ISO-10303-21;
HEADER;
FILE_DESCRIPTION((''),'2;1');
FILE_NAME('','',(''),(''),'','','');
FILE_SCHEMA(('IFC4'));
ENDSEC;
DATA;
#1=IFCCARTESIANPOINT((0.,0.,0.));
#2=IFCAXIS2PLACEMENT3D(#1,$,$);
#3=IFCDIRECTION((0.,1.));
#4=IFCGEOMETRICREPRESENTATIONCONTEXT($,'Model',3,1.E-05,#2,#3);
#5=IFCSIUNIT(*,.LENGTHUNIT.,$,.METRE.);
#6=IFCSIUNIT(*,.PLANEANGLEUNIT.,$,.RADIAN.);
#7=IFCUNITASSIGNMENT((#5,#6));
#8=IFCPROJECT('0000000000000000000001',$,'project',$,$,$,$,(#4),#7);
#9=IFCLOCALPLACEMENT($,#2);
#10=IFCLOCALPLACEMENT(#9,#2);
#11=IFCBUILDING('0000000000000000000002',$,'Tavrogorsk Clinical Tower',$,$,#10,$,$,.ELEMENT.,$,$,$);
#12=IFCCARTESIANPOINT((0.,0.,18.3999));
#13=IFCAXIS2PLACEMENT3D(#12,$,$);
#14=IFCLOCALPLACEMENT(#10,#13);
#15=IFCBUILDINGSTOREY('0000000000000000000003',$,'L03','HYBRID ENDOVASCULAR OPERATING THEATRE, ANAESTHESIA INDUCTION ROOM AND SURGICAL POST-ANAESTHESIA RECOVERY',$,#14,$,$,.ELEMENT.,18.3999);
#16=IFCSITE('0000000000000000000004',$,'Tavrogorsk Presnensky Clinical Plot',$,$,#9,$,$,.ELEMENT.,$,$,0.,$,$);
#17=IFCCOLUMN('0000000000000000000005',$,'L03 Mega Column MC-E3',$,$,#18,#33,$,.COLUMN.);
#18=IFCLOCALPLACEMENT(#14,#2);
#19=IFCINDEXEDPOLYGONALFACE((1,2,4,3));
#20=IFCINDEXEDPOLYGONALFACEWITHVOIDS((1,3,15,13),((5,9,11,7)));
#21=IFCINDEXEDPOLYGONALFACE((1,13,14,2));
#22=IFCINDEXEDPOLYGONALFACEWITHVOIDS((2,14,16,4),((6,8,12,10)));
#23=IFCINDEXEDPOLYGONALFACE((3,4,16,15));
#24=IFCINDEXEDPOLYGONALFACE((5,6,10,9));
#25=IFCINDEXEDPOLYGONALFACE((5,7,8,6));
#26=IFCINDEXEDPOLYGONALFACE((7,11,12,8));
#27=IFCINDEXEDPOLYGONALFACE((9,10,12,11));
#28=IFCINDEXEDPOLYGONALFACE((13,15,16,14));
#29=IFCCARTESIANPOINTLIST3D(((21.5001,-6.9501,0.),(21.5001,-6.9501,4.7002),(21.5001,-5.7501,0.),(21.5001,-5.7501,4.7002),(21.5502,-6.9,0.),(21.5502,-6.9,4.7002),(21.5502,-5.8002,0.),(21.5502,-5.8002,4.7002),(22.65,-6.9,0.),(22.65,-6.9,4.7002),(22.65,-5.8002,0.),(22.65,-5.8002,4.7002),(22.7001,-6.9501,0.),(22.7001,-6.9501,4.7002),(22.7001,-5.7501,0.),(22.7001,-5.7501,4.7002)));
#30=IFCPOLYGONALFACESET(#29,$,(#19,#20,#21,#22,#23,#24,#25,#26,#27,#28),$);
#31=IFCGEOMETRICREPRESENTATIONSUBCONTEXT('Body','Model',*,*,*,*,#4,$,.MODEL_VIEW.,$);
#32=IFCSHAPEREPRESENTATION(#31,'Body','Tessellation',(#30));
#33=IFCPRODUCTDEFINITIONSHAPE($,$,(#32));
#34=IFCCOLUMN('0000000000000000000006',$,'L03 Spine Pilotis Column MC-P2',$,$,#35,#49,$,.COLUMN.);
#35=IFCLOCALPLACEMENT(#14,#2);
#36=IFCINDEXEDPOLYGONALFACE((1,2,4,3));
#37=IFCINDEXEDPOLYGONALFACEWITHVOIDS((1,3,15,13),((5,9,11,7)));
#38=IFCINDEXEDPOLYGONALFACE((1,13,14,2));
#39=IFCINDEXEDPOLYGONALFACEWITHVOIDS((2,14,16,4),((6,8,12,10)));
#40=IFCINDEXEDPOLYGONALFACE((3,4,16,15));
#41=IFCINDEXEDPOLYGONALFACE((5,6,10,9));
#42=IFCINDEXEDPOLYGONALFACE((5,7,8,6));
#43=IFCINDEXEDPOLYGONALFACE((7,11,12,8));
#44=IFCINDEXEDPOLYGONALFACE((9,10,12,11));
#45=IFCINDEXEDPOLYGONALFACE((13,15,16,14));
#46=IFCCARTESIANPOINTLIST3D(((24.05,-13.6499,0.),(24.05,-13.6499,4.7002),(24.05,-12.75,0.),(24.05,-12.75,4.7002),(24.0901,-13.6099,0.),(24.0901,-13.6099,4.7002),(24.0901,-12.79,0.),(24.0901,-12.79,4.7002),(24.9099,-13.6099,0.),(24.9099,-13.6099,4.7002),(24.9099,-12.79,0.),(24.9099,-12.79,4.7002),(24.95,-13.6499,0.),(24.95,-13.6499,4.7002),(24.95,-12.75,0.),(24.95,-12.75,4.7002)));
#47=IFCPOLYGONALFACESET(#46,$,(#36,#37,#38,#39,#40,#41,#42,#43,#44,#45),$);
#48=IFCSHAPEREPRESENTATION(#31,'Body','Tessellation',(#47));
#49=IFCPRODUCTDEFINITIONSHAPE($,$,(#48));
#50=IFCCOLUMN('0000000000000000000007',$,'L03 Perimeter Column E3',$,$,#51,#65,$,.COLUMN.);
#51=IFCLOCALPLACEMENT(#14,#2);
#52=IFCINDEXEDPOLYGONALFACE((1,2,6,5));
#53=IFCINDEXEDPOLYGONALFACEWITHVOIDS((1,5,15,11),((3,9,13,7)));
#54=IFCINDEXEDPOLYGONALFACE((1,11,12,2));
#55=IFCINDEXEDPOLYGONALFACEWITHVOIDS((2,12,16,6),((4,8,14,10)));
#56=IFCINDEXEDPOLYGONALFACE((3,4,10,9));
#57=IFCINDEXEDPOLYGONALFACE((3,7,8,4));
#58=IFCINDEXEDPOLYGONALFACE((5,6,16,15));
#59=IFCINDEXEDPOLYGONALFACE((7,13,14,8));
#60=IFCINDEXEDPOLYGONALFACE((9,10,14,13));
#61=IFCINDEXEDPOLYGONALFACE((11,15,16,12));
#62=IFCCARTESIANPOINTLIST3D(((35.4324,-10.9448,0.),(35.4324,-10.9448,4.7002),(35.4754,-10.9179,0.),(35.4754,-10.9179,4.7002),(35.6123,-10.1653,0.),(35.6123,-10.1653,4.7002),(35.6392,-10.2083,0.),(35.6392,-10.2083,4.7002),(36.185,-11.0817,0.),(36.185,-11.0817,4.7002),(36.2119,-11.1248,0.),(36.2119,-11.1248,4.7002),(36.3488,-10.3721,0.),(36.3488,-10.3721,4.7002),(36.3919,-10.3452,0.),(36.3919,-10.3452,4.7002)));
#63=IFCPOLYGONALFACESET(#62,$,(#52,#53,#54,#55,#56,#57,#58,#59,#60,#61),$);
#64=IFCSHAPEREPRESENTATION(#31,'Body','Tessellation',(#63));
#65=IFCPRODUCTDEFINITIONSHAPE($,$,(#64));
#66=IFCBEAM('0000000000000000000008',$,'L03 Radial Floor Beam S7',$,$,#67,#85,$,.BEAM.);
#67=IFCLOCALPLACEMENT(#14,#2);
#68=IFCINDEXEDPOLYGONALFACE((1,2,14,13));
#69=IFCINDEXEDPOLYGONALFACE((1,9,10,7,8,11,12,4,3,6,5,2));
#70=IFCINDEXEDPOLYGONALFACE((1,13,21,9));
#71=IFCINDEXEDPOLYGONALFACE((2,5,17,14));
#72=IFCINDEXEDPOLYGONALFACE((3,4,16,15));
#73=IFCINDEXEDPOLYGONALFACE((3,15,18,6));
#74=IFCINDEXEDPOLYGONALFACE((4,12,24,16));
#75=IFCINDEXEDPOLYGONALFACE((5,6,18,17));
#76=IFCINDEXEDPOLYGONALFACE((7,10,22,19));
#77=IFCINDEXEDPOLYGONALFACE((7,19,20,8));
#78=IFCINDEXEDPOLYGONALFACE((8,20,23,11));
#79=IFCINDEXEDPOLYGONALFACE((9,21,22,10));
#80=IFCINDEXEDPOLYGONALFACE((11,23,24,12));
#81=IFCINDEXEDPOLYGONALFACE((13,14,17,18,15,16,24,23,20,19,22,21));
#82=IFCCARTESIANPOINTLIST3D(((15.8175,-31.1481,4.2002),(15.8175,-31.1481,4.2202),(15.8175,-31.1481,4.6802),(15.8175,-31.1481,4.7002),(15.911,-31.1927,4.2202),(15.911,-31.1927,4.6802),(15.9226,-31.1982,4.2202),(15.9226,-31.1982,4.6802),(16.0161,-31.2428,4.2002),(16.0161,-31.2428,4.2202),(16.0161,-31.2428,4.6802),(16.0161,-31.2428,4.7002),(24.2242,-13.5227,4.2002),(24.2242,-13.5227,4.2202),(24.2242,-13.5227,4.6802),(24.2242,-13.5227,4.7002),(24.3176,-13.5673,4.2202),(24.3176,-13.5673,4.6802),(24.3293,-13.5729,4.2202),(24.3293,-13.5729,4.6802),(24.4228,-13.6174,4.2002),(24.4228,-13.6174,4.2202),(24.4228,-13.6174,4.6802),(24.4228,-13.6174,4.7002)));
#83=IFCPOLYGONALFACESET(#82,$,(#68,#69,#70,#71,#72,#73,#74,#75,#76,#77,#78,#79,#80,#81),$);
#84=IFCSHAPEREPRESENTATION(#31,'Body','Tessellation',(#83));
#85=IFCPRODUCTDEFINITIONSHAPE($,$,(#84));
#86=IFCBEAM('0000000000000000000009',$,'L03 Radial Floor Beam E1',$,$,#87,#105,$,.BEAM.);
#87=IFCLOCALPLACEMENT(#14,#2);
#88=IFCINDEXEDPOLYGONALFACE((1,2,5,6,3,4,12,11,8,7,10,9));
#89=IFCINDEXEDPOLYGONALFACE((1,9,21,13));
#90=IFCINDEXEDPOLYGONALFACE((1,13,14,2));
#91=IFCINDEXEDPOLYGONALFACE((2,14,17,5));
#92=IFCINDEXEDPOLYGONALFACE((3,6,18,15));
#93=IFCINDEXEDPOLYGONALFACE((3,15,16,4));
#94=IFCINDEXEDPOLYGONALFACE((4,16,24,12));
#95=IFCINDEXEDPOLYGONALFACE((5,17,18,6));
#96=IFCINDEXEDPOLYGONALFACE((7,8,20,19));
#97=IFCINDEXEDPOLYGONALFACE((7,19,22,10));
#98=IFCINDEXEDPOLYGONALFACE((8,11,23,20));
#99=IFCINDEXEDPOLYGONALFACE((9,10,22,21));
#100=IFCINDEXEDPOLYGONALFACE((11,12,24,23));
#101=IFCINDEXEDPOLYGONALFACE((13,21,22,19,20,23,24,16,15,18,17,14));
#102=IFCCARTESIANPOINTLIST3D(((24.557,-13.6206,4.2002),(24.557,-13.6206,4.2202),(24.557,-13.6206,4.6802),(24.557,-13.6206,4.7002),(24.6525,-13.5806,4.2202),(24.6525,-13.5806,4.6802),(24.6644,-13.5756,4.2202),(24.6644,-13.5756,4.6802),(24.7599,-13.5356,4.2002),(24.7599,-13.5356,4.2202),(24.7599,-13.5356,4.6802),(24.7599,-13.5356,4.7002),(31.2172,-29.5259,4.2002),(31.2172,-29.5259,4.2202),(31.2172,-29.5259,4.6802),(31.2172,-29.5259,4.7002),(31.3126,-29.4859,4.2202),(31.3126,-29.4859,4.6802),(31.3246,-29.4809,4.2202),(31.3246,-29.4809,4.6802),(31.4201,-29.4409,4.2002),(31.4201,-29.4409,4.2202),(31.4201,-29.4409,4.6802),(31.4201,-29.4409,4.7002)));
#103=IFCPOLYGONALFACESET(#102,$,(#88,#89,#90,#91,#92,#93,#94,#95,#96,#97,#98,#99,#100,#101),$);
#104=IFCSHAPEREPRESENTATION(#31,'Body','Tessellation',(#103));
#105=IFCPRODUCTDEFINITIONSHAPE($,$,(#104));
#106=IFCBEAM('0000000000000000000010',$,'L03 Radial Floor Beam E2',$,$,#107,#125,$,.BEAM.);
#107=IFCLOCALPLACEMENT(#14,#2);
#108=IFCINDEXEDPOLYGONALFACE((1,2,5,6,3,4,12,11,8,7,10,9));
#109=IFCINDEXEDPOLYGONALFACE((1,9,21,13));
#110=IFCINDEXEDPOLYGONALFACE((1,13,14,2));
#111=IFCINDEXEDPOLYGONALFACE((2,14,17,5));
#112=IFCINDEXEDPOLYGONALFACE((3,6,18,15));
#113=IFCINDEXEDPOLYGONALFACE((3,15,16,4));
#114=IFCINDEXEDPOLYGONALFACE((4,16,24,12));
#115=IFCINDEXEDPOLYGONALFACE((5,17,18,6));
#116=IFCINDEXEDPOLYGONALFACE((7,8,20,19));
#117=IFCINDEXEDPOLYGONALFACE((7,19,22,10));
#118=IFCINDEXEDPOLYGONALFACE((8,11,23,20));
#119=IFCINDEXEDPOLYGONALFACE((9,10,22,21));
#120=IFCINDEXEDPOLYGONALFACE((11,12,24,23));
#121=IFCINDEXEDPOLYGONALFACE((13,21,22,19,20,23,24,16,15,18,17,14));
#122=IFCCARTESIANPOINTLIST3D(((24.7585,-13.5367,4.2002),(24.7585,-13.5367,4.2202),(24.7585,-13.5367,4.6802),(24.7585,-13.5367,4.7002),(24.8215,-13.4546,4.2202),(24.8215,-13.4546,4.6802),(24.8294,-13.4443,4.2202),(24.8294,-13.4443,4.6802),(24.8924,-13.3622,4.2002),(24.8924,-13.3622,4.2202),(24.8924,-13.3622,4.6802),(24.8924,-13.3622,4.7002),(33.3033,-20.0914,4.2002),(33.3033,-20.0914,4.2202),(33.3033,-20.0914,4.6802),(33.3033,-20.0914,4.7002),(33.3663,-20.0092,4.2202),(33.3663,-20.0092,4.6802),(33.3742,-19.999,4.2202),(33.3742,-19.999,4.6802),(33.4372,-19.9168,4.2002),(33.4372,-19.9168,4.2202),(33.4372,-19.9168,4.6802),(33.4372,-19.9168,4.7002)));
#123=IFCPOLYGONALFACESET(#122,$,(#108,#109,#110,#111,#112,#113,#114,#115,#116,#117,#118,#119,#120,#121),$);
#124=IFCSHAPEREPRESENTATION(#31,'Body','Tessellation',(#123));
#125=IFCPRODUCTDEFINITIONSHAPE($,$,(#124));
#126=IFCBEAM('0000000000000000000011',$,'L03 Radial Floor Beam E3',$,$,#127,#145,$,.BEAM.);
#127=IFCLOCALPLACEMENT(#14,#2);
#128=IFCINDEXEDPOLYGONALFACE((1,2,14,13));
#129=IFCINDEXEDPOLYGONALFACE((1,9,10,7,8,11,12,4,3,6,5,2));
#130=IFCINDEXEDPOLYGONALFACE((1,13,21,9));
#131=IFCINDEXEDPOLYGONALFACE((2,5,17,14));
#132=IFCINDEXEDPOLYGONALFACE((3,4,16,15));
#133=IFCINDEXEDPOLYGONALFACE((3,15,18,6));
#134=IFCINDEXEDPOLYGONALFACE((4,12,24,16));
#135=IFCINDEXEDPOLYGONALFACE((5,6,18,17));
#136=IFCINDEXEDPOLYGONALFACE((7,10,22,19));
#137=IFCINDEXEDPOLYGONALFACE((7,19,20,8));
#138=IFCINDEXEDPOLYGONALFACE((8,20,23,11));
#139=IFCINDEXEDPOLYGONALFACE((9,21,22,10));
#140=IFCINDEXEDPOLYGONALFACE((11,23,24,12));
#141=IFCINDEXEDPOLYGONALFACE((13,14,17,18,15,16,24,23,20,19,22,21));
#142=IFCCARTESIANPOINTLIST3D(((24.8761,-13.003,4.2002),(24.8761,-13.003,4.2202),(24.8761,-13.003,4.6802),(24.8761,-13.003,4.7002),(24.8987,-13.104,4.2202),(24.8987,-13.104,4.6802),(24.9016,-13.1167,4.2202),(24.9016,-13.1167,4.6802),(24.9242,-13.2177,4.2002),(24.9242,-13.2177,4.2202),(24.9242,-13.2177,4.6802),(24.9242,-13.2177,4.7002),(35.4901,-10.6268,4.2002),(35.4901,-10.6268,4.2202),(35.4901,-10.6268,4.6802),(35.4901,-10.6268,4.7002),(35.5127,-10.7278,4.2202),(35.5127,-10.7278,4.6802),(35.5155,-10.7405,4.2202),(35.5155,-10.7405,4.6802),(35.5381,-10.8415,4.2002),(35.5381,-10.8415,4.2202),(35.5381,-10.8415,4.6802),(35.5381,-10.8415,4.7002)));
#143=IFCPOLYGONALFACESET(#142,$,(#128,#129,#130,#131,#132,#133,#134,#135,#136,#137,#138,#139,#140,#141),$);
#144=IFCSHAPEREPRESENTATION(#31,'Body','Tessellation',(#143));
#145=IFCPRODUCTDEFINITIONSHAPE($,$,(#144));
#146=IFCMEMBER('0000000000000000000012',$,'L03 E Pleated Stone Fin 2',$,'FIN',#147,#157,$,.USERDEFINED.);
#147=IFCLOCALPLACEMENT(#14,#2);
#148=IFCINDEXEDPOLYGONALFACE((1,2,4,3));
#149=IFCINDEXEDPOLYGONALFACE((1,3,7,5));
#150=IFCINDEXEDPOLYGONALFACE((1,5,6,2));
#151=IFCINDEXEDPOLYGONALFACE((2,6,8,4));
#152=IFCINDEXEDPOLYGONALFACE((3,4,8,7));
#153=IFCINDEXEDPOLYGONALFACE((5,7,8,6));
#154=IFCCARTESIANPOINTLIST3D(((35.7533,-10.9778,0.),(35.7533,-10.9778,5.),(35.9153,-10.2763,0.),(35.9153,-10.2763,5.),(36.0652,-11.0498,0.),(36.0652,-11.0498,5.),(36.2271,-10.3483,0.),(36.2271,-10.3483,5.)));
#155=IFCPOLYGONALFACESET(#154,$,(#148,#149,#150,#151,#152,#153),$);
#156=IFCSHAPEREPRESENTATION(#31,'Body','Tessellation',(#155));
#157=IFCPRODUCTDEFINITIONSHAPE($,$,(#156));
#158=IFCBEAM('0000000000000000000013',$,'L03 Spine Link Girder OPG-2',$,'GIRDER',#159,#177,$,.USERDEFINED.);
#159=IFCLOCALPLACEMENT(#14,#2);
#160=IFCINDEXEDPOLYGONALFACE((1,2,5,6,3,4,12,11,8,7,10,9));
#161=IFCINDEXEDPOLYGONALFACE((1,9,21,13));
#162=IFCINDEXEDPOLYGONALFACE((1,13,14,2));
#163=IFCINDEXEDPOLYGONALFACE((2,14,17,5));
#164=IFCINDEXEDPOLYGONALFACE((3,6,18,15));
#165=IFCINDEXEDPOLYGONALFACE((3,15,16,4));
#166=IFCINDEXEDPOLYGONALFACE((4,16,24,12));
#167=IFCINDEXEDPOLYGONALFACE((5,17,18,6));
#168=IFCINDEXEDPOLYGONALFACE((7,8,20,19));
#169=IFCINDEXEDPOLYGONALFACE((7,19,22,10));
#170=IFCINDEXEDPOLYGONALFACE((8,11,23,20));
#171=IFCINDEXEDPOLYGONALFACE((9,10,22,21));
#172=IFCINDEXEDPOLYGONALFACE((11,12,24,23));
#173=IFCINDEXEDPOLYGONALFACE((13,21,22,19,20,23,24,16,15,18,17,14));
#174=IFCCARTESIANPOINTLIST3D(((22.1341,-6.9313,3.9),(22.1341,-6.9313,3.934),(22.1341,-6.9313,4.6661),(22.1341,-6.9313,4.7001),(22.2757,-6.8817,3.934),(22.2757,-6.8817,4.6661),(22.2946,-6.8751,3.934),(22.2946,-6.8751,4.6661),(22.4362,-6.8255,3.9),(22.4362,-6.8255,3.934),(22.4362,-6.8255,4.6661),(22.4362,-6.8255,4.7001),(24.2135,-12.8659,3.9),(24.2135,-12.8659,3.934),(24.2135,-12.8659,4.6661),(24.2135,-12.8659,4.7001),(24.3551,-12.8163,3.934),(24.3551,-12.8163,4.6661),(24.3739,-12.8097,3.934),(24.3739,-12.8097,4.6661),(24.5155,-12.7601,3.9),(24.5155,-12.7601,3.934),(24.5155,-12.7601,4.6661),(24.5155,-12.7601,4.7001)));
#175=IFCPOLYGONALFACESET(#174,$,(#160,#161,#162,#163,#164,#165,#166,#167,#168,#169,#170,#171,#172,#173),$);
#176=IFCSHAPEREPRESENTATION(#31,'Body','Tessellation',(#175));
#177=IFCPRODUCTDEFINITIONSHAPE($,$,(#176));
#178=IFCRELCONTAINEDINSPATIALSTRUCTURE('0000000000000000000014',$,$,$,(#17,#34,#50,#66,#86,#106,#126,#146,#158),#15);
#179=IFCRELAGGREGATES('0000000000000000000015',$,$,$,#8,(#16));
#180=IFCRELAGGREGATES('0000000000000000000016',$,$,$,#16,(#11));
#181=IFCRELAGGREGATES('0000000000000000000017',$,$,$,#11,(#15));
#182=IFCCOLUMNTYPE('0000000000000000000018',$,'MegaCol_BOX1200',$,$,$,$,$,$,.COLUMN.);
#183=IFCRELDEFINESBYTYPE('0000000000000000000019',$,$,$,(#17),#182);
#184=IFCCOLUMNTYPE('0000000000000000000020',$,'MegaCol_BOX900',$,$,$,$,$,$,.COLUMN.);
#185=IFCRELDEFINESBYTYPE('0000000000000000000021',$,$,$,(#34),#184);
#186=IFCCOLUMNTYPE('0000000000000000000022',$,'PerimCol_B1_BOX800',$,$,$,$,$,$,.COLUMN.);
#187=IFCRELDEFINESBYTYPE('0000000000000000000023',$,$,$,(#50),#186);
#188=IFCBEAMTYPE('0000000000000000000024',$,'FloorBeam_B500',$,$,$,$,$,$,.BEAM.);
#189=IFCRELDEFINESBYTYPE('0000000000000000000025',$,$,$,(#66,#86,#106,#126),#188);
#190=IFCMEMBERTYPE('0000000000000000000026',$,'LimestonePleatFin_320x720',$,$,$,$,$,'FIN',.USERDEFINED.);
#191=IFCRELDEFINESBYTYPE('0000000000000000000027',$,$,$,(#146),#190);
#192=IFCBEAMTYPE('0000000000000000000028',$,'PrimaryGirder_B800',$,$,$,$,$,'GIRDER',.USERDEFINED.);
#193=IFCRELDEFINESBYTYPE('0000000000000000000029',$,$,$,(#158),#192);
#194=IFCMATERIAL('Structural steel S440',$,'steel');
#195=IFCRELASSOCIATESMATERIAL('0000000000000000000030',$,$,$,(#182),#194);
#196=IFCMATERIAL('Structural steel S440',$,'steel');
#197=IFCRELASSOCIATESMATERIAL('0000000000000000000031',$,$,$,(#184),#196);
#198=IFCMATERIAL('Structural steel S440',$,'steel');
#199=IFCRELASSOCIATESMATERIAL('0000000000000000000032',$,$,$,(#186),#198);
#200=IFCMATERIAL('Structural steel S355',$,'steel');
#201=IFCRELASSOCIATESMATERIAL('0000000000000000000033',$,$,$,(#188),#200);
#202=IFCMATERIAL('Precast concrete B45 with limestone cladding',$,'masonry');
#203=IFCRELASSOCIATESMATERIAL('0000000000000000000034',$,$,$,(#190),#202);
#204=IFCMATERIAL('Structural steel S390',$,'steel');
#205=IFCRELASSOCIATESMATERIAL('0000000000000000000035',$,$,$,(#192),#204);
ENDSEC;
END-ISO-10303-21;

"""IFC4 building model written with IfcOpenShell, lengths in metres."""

from ifc_helpers import new_model, si_unit, direction, frame, origin, origin_2d, place, context, subcontext, project, spatial, rectangle, hollow_rectangle, i_section, extrude, material, material_profile, profile_set, type_object, element, save


model = new_model("IFC4")

# Units and contexts
model_context = context("Model", 3, precision=1e-05, world=origin(), true_north=direction((0.0, 1.0)))
body_context = subcontext(model_context, "Body", "Model", "MODEL_VIEW")
ifc_project = project(units=[si_unit("LENGTHUNIT", "METRE"), si_unit("PLANEANGLEUNIT", "RADIAN")], contexts=[model_context])

# Site, building, storey
site_placement = place(None, origin())
site = spatial("IfcSite", under=ifc_project, at=site_placement, Name="Tavrogorsk Presnensky Clinical Plot", CompositionType="ELEMENT", RefElevation=0.0)
building_placement = place(site_placement, origin())
building = spatial("IfcBuilding", under=site, at=building_placement, Name="Tavrogorsk Clinical Tower", CompositionType="ELEMENT")
storey_placement = place(building_placement, frame((0.0, 0.0, 18.3999)))
storey = spatial("IfcBuildingStorey", under=building, at=storey_placement, Name="L03", Description="HYBRID ENDOVASCULAR OPERATING THEATRE, ANAESTHESIA INDUCTION ROOM AND SURGICAL POST-ANAESTHESIA RECOVERY", CompositionType="ELEMENT", Elevation=18.3999)

# Columns
ifc_material_1 = material(Name="Structural steel S440", Category="steel")
ifc_material_profile_1 = material_profile(ifc_material_1, hollow_rectangle(XDim=1.2, YDim=1.2, WallThickness=0.05, at=origin_2d()), Name="BOX-1200x1200x50")
ifc_profile_set_1 = profile_set([ifc_material_profile_1], Name="Structural steel S440")
column_type_1 = type_object("IfcColumnType", Name="MegaCol_BOX1200", PredefinedType="COLUMN", material=ifc_profile_set_1)
column_1_placement = place(storey_placement, frame((22.1001, -6.3501, 0.0), z_axis=(0.0, 0.0, 1.0), x_axis=(1.0, 0.0, 0.0)))
element("IfcColumn", 1, at=column_1_placement, inside=storey, type_object=column_type_1, Name="L03 Mega Column MC-E3", PredefinedType="COLUMN", context=body_context, shape_type="SweptSolid", body=[
    extrude(hollow_rectangle(XDim=1.2, YDim=1.2, WallThickness=0.05, at=origin_2d()), origin(), (0.0, 0.0, 1.0), 4.7002),
])
ifc_material_2 = material(Name="Structural steel S440", Category="steel")
ifc_material_profile_2 = material_profile(ifc_material_2, hollow_rectangle(XDim=0.8999, YDim=0.8999, WallThickness=0.04, at=origin_2d()), Name="BOX-900x900x40")
ifc_profile_set_2 = profile_set([ifc_material_profile_2], Name="Structural steel S440")
column_type_2 = type_object("IfcColumnType", Name="MegaCol_BOX900", PredefinedType="COLUMN", material=ifc_profile_set_2)
column_2_placement = place(storey_placement, frame((24.5, -13.2, 0.0), z_axis=(0.0, 0.0, 1.0), x_axis=(1.0, 0.0, 0.0)))
element("IfcColumn", 2, at=column_2_placement, inside=storey, type_object=column_type_2, Name="L03 Spine Pilotis Column MC-P2", PredefinedType="COLUMN", context=body_context, shape_type="SweptSolid", body=[
    extrude(hollow_rectangle(XDim=0.8999, YDim=0.8999, WallThickness=0.04, at=origin_2d()), origin(), (0.0, 0.0, 1.0), 4.7002),
])
ifc_material_3 = material(Name="Structural steel S440", Category="steel")
ifc_material_profile_3 = material_profile(ifc_material_3, hollow_rectangle(XDim=0.8, YDim=0.8, WallThickness=0.0359, at=origin_2d()), Name="BOX-800x800x36")
ifc_profile_set_3 = profile_set([ifc_material_profile_3], Name="Structural steel S440")
column_type_3 = type_object("IfcColumnType", Name="PerimCol_B1_BOX800", PredefinedType="COLUMN", material=ifc_profile_set_3)
column_3_placement = place(storey_placement, frame((35.9121, -10.645, 0.0), z_axis=(0.0, 0.0, 1.0), x_axis=(0.97437, -0.224951, 0.0)))
element("IfcColumn", 3, at=column_3_placement, inside=storey, type_object=column_type_3, Name="L03 Perimeter Column E3", PredefinedType="COLUMN", context=body_context, shape_type="SweptSolid", body=[
    extrude(hollow_rectangle(XDim=0.8, YDim=0.8, WallThickness=0.0359, at=origin_2d()), origin(), (0.0, 0.0, 1.0), 4.7002),
])

# Beams
ifc_material_4 = material(Name="Structural steel S355", Category="steel")
ifc_material_profile_4 = material_profile(ifc_material_4, i_section(OverallWidth=0.22, OverallDepth=0.5, WebThickness=0.0129, FlangeThickness=0.02, at=origin_2d()), Name="B-500x220x13x20")
ifc_profile_set_4 = profile_set([ifc_material_profile_4], Name="Structural steel S355")
beam_type_1 = type_object("IfcBeamType", Name="FloorBeam_B500", PredefinedType="BEAM", material=ifc_profile_set_4)
beam_1_placement = place(storey_placement, frame((24.3235, -13.5701, 4.4502), z_axis=(-0.430503, -0.902589, 0.0), x_axis=(0.902589, -0.430503, 0.0)))
element("IfcBeam", 4, at=beam_1_placement, inside=storey, type_object=beam_type_1, Name="L03 Radial Floor Beam S7", PredefinedType="BEAM", context=body_context, shape_type="SweptSolid", body=[
    extrude(i_section(OverallWidth=0.22, OverallDepth=0.5, WebThickness=0.0129, FlangeThickness=0.02, at=origin_2d()), origin(), (0.0, 0.0, 1.0), 19.5276),
])
beam_2_placement = place(storey_placement, frame((24.6584, -13.5781, 4.4502), z_axis=(0.386243, -0.922397, 0.0), x_axis=(0.922397, 0.386243, 0.0)))
element("IfcBeam", 5, at=beam_2_placement, inside=storey, type_object=beam_type_1, Name="L03 Radial Floor Beam E1", PredefinedType="BEAM", context=body_context, shape_type="SweptSolid", body=[
    extrude(i_section(OverallWidth=0.22, OverallDepth=0.5, WebThickness=0.0129, FlangeThickness=0.02, at=origin_2d()), origin(), (0.0, 0.0, 1.0), 17.2434),
])
beam_3_placement = place(storey_placement, frame((24.8254, -13.4495, 4.4502), z_axis=(0.793446, -0.608641, 0.0), x_axis=(0.608641, 0.793446, 0.0)))
element("IfcBeam", 6, at=beam_3_placement, inside=storey, type_object=beam_type_1, Name="L03 Radial Floor Beam E2", PredefinedType="BEAM", context=body_context, shape_type="SweptSolid", body=[
    extrude(i_section(OverallWidth=0.22, OverallDepth=0.5, WebThickness=0.0129, FlangeThickness=0.02, at=origin_2d()), origin(), (0.0, 0.0, 1.0), 10.7693),
])
beam_4_placement = place(storey_placement, frame((24.9001, -13.1104, 4.4502), z_axis=(0.975844, 0.218468, 0.0), x_axis=(-0.218468, 0.975844, 0.0)))
element("IfcBeam", 7, at=beam_4_placement, inside=storey, type_object=beam_type_1, Name="L03 Radial Floor Beam E3", PredefinedType="BEAM", context=body_context, shape_type="SweptSolid", body=[
    extrude(i_section(OverallWidth=0.22, OverallDepth=0.5, WebThickness=0.0129, FlangeThickness=0.02, at=origin_2d()), origin(), (0.0, 0.0, 1.0), 10.8767),
])

# Member
ifc_material_5 = material(Name="Precast concrete B45 with limestone cladding", Category="masonry")
ifc_material_profile_5 = material_profile(ifc_material_5, rectangle(XDim=0.3201, YDim=0.72, at=origin_2d()), Name="LIMESTONE-FIN-320x720")
ifc_profile_set_5 = profile_set([ifc_material_profile_5], Name="Precast concrete B45 with limestone cladding")
member_type = type_object("IfcMemberType", Name="LimestonePleatFin_320x720", ElementType="FIN", PredefinedType="USERDEFINED", material=ifc_profile_set_5)
member_placement = place(storey_placement, frame((35.9902, -10.6631, 0.0), z_axis=(0.0, 0.0, 1.0), x_axis=(0.97437, -0.224951, 0.0)))
element("IfcMember", 8, at=member_placement, inside=storey, type_object=member_type, Name="L03 E Pleated Stone Fin 2", ObjectType="FIN", PredefinedType="USERDEFINED", context=body_context, shape_type="SweptSolid", body=[
    extrude(rectangle(XDim=0.3201, YDim=0.72, at=origin_2d()), origin(), (0.0, 0.0, 1.0), 5.0),
])

# Beam
ifc_material_6 = material(Name="Structural steel S390", Category="steel")
ifc_material_profile_6 = material_profile(ifc_material_6, i_section(OverallWidth=0.3201, OverallDepth=0.8, WebThickness=0.02, FlangeThickness=0.0339, at=origin_2d()), Name="B-800x320x20x34")
ifc_profile_set_6 = profile_set([ifc_material_profile_6], Name="Structural steel S390")
beam_type_2 = type_object("IfcBeamType", Name="PrimaryGirder_B800", ElementType="GIRDER", PredefinedType="USERDEFINED", material=ifc_profile_set_6)
beam_5_placement = place(storey_placement, frame((24.3645, -12.813, 4.3), z_axis=(-0.330669, 0.943747, 0.0), x_axis=(-0.943747, -0.330669, 0.0)))
element("IfcBeam", 9, at=beam_5_placement, inside=storey, type_object=beam_type_2, Name="L03 Spine Link Girder OPG-2", ObjectType="GIRDER", PredefinedType="USERDEFINED", context=body_context, shape_type="SweptSolid", body=[
    extrude(i_section(OverallWidth=0.3201, OverallDepth=0.8, WebThickness=0.02, FlangeThickness=0.0339, at=origin_2d()), origin(), (0.0, 0.0, 1.0), 6.2883),
])

save(model, "model.ifc")
